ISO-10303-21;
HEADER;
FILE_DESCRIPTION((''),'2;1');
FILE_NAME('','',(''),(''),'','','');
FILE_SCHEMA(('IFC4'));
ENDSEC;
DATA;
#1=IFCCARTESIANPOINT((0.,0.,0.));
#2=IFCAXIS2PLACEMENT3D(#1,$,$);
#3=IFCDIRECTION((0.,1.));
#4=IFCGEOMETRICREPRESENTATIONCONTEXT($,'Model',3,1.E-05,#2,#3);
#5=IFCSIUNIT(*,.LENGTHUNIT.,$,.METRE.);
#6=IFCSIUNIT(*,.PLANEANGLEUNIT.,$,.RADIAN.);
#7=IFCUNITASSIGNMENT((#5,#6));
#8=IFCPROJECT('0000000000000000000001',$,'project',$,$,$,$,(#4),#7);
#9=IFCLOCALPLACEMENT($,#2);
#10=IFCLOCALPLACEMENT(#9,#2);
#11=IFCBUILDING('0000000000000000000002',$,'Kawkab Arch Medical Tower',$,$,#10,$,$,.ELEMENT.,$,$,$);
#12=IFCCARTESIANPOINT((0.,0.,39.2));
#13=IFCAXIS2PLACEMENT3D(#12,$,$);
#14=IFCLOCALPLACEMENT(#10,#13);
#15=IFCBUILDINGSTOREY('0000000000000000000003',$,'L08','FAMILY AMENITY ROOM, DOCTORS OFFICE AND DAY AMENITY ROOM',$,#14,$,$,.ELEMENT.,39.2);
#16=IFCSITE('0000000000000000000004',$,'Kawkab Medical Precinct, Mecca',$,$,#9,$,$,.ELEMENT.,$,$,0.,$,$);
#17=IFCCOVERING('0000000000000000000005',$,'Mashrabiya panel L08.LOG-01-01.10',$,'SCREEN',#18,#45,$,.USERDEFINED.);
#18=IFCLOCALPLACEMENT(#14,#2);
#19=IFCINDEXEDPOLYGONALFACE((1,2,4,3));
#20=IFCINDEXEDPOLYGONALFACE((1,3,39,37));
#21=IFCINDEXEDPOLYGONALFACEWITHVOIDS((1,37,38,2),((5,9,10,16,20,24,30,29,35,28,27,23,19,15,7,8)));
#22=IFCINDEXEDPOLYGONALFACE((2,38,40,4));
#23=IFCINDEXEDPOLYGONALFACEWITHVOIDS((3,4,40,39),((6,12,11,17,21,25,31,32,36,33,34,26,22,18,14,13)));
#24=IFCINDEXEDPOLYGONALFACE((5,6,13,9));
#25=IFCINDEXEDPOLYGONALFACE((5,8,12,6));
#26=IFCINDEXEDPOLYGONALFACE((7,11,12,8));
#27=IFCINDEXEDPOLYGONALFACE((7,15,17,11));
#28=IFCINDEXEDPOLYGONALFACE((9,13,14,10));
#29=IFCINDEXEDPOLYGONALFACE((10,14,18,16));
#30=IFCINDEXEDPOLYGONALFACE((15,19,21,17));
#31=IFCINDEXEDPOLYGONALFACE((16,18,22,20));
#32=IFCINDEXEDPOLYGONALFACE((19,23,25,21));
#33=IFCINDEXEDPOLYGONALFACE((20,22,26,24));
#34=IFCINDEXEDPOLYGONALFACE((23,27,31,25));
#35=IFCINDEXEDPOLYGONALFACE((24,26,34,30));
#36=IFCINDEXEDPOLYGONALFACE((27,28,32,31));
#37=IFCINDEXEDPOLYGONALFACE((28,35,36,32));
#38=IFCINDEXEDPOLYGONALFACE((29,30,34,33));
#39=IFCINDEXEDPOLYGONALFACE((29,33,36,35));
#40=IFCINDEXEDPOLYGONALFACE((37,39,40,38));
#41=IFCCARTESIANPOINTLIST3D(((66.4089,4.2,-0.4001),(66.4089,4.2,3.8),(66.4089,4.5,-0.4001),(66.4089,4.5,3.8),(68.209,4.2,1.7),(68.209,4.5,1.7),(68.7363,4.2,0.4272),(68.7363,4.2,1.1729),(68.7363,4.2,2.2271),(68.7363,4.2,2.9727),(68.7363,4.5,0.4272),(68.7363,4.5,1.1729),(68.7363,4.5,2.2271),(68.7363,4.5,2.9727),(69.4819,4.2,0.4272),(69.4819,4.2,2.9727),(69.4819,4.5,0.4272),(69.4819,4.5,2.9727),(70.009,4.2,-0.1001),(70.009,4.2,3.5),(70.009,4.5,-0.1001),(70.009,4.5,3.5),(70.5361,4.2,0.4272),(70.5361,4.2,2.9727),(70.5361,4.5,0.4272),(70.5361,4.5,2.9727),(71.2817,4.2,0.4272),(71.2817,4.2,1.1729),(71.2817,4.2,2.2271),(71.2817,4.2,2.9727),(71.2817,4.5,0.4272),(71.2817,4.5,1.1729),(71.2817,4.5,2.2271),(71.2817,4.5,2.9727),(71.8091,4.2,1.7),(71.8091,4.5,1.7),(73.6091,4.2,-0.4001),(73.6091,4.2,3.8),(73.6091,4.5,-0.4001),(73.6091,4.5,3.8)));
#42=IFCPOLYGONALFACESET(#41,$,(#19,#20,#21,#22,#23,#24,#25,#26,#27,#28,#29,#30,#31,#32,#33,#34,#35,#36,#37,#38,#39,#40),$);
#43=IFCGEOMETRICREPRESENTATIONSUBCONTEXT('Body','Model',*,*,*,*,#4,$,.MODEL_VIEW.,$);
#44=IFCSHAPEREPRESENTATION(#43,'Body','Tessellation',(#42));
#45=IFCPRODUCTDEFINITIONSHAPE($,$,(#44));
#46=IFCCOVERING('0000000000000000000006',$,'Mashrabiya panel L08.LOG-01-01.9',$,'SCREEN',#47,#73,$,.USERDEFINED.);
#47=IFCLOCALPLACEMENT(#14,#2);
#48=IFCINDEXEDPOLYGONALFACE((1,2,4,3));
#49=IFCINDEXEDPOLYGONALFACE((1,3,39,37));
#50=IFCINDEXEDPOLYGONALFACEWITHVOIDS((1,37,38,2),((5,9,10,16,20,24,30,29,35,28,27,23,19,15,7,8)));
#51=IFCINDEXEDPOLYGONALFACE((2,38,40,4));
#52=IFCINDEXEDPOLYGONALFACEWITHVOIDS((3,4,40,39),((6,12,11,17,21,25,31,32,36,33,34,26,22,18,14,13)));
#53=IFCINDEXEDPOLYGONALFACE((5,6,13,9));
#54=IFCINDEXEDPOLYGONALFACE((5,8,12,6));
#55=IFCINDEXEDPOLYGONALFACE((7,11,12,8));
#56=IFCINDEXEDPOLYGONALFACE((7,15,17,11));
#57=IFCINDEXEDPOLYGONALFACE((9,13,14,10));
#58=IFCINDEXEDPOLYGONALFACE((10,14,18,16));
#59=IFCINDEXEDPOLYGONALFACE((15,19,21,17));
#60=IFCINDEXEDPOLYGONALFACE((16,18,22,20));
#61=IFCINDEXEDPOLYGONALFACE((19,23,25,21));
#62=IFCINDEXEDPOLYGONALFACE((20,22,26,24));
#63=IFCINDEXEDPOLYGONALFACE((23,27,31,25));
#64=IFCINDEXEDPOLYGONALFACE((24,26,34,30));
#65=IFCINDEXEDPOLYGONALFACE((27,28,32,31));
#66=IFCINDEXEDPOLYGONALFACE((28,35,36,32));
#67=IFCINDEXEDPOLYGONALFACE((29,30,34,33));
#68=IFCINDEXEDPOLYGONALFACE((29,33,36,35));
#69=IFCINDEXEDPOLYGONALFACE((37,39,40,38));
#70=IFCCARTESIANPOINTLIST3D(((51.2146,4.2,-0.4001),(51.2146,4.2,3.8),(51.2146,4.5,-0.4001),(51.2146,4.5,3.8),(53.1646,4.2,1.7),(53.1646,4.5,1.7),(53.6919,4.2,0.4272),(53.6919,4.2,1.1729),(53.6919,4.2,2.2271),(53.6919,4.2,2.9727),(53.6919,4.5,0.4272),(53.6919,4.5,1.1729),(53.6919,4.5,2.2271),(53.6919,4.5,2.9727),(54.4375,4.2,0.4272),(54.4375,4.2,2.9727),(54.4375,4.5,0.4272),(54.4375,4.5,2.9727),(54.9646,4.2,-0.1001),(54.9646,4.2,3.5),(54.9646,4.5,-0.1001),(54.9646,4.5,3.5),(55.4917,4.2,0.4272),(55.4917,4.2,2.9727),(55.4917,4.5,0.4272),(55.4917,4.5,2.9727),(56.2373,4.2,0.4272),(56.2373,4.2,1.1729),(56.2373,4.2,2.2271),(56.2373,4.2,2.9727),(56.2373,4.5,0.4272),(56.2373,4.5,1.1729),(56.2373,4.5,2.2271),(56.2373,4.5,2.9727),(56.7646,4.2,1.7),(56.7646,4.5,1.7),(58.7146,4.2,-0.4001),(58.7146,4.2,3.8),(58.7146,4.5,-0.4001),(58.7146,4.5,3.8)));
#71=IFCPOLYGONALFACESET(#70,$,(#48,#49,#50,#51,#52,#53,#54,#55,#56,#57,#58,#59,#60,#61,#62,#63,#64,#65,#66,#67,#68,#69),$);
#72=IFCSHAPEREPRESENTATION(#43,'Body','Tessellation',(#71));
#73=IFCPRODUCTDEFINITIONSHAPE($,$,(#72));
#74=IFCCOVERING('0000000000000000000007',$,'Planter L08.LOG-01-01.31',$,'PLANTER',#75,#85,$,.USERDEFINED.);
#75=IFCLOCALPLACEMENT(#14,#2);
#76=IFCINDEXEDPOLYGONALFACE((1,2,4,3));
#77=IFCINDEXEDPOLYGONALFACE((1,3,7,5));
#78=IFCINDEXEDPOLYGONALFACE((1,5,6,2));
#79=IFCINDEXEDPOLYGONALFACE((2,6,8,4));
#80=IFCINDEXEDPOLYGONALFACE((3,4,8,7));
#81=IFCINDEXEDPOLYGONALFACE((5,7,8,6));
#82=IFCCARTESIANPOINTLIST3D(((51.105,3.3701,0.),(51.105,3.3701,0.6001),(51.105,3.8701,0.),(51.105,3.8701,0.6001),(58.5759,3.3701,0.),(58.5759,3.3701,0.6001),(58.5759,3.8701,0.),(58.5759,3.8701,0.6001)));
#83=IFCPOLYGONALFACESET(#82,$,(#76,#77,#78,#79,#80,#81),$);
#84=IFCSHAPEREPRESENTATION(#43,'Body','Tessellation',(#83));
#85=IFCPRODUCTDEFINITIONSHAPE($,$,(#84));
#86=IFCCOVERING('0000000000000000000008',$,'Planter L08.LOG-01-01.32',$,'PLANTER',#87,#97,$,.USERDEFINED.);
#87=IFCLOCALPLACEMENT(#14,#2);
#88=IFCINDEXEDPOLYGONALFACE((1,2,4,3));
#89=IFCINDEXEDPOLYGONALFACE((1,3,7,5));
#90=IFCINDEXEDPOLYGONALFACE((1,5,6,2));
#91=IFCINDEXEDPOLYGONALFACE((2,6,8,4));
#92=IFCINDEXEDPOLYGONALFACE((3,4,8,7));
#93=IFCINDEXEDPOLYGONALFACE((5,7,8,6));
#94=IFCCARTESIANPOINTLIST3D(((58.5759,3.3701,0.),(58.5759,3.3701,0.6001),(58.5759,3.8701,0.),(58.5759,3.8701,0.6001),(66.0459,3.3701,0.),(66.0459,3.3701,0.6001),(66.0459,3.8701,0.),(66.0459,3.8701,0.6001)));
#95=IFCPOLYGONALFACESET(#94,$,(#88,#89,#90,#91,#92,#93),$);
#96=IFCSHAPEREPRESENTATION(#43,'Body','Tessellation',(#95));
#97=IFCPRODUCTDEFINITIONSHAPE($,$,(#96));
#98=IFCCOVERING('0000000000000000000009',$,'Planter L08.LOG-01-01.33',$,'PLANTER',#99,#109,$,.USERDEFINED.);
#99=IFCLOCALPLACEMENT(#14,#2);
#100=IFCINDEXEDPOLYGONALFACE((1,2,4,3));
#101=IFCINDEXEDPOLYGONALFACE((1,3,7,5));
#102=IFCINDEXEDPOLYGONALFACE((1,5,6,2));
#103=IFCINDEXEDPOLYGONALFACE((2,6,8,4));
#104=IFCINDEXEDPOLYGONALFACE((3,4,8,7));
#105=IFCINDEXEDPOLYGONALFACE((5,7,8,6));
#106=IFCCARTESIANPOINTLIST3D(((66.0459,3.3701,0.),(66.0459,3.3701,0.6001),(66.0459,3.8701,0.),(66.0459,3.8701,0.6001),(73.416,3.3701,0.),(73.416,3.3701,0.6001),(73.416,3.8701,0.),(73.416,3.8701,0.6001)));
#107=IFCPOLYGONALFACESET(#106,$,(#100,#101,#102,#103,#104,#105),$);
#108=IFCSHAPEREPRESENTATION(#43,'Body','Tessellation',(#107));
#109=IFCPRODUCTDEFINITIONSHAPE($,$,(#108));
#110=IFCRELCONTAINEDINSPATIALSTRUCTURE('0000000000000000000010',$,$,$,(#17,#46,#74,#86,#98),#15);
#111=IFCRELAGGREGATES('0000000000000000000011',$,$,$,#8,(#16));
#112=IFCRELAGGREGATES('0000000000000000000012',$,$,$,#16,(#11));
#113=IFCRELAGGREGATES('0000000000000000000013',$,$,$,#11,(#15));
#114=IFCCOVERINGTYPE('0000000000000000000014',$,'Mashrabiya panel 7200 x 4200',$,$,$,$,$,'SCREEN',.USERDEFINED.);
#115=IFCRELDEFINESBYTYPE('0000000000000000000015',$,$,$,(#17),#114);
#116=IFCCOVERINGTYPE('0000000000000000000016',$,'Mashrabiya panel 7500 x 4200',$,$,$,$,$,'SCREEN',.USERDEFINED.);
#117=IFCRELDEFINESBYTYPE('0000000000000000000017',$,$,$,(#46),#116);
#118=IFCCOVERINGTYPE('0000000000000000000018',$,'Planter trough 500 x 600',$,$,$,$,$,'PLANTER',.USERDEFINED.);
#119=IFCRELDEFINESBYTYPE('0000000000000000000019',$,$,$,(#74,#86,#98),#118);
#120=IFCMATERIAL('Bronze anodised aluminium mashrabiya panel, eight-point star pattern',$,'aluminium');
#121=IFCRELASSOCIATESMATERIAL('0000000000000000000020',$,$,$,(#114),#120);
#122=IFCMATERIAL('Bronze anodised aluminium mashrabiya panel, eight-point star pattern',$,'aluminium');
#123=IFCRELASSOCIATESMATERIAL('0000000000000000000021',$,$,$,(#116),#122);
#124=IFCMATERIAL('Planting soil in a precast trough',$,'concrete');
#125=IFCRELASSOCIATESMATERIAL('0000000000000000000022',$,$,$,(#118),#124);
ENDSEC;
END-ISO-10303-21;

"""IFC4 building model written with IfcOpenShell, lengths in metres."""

from ifc_helpers import new_model, si_unit, direction, frame, origin, origin_2d, place, context, subcontext, project, spatial, polyline, rectangle, outline, extrude, material, material_profile, profile_set, type_object, element, save


model = new_model("IFC4")

# Units and contexts
model_context = context("Model", 3, precision=1e-05, world=origin(), true_north=direction((0.0, 1.0)))
body_context = subcontext(model_context, "Body", "Model", "MODEL_VIEW")
ifc_project = project(units=[si_unit("LENGTHUNIT", "METRE"), si_unit("PLANEANGLEUNIT", "RADIAN")], contexts=[model_context])

# Site, building, storey
site_placement = place(None, origin())
site = spatial("IfcSite", under=ifc_project, at=site_placement, Name="Kawkab Medical Precinct, Mecca", CompositionType="ELEMENT", RefElevation=0.0)
building_placement = place(site_placement, origin())
building = spatial("IfcBuilding", under=site, at=building_placement, Name="Kawkab Arch Medical Tower", CompositionType="ELEMENT")
storey_placement = place(building_placement, frame((0.0, 0.0, 39.2)))
storey = spatial("IfcBuildingStorey", under=building, at=storey_placement, Name="L08", Description="FAMILY AMENITY ROOM, DOCTORS OFFICE AND DAY AMENITY ROOM", CompositionType="ELEMENT", Elevation=39.2)

# Coverings
ifc_material_1 = material(Name="Bronze anodised aluminium mashrabiya panel, eight-point star pattern", Category="aluminium")
ifc_material_profile_1 = material_profile(ifc_material_1, outline(polyline([(-3.6001, -2.1001), (3.6001, -2.1001), (3.6001, 2.1001), (-3.6001, 2.1001), (-3.6001, -2.1001)]), holes=[polyline([(1.8, 0.0), (1.2727, 0.5271), (1.2727, 1.2727), (0.5271, 1.2727), (0.0, 1.8), (-0.5271, 1.2727), (-1.2727, 1.2727), (-1.2727, 0.5271), (-1.8, 0.0), (-1.2727, -0.5271), (-1.2727, -1.2727), (-0.5271, -1.2727), (0.0, -1.8), (0.5271, -1.2727), (1.2727, -1.2727), (1.2727, -0.5271), (1.8, 0.0)])]), Name="Mashrabiya panel 7200x4200")
ifc_profile_set_1 = profile_set([ifc_material_profile_1], Name="Bronze anodised aluminium mashrabiya panel, eight-point star pattern")
covering_type_1 = type_object("IfcCoveringType", Name="Mashrabiya panel 7200 x 4200", ElementType="SCREEN", PredefinedType="USERDEFINED", material=ifc_profile_set_1)
covering_1_placement = place(storey_placement, frame((70.009, 4.2, 1.7), z_axis=(0.0, 1.0, 0.0), x_axis=(-1.0, 0.0, 0.0)))
element("IfcCovering", 1, at=covering_1_placement, inside=storey, type_object=covering_type_1, Name="Mashrabiya panel L08.LOG-01-01.10", ObjectType="SCREEN", PredefinedType="USERDEFINED", context=body_context, shape_type="SweptSolid", body=[
    extrude(outline(polyline([(-3.6001, -2.1001), (3.6001, -2.1001), (3.6001, 2.1001), (-3.6001, 2.1001), (-3.6001, -2.1001)]), holes=[polyline([(1.8, 0.0), (1.2727, 0.5271), (1.2727, 1.2727), (0.5271, 1.2727), (0.0, 1.8), (-0.5271, 1.2727), (-1.2727, 1.2727), (-1.2727, 0.5271), (-1.8, 0.0), (-1.2727, -0.5271), (-1.2727, -1.2727), (-0.5271, -1.2727), (0.0, -1.8), (0.5271, -1.2727), (1.2727, -1.2727), (1.2727, -0.5271), (1.8, 0.0)])]), origin(), (0.0, 0.0, 1.0), 0.3),
])
ifc_material_2 = material(Name="Bronze anodised aluminium mashrabiya panel, eight-point star pattern", Category="aluminium")
ifc_material_profile_2 = material_profile(ifc_material_2, outline(polyline([(-3.75, -2.1001), (3.75, -2.1001), (3.75, 2.1001), (-3.75, 2.1001), (-3.75, -2.1001)]), holes=[polyline([(1.8, 0.0), (1.2727, 0.5271), (1.2727, 1.2727), (0.5271, 1.2727), (0.0, 1.8), (-0.5271, 1.2727), (-1.2727, 1.2727), (-1.2727, 0.5271), (-1.8, 0.0), (-1.2727, -0.5271), (-1.2727, -1.2727), (-0.5271, -1.2727), (0.0, -1.8), (0.5271, -1.2727), (1.2727, -1.2727), (1.2727, -0.5271), (1.8, 0.0)])]), Name="Mashrabiya panel 7500x4200")
ifc_profile_set_2 = profile_set([ifc_material_profile_2], Name="Bronze anodised aluminium mashrabiya panel, eight-point star pattern")
covering_type_2 = type_object("IfcCoveringType", Name="Mashrabiya panel 7500 x 4200", ElementType="SCREEN", PredefinedType="USERDEFINED", material=ifc_profile_set_2)
covering_2_placement = place(storey_placement, frame((54.9646, 4.2, 1.7), z_axis=(0.0, 1.0, 0.0), x_axis=(-1.0, 0.0, 0.0)))
element("IfcCovering", 2, at=covering_2_placement, inside=storey, type_object=covering_type_2, Name="Mashrabiya panel L08.LOG-01-01.9", ObjectType="SCREEN", PredefinedType="USERDEFINED", context=body_context, shape_type="SweptSolid", body=[
    extrude(outline(polyline([(-3.75, -2.1001), (3.75, -2.1001), (3.75, 2.1001), (-3.75, 2.1001), (-3.75, -2.1001)]), holes=[polyline([(1.8, 0.0), (1.2727, 0.5271), (1.2727, 1.2727), (0.5271, 1.2727), (0.0, 1.8), (-0.5271, 1.2727), (-1.2727, 1.2727), (-1.2727, 0.5271), (-1.8, 0.0), (-1.2727, -0.5271), (-1.2727, -1.2727), (-0.5271, -1.2727), (0.0, -1.8), (0.5271, -1.2727), (1.2727, -1.2727), (1.2727, -0.5271), (1.8, 0.0)])]), origin(), (0.0, 0.0, 1.0), 0.3),
])
ifc_material_3 = material(Name="Planting soil in a precast trough", Category="concrete")
ifc_material_profile_3 = material_profile(ifc_material_3, rectangle(XDim=0.5, YDim=0.6001, at=origin_2d()), Name="Trough 500x600")
ifc_profile_set_3 = profile_set([ifc_material_profile_3], Name="Planting soil in a precast trough")
covering_type_3 = type_object("IfcCoveringType", Name="Planter trough 500 x 600", ElementType="PLANTER", PredefinedType="USERDEFINED", material=ifc_profile_set_3)
covering_3_placement = place(storey_placement, frame((51.105, 3.6201, 0.3), z_axis=(1.0, 0.0, 0.0), x_axis=(0.0, 1.0, 0.0)))
element("IfcCovering", 3, at=covering_3_placement, inside=storey, type_object=covering_type_3, Name="Planter L08.LOG-01-01.31", ObjectType="PLANTER", PredefinedType="USERDEFINED", context=body_context, shape_type="SweptSolid", body=[
    extrude(rectangle(XDim=0.5, YDim=0.6001, at=origin_2d()), origin(), (0.0, 0.0, 1.0), 7.4709),
])
covering_4_placement = place(storey_placement, frame((58.5759, 3.6201, 0.3), z_axis=(1.0, 0.0, 0.0), x_axis=(0.0, 1.0, 0.0)))
element("IfcCovering", 4, at=covering_4_placement, inside=storey, type_object=covering_type_3, Name="Planter L08.LOG-01-01.32", ObjectType="PLANTER", PredefinedType="USERDEFINED", context=body_context, shape_type="SweptSolid", body=[
    extrude(rectangle(XDim=0.5, YDim=0.6001, at=origin_2d()), origin(), (0.0, 0.0, 1.0), 7.47),
])
covering_5_placement = place(storey_placement, frame((66.0459, 3.6201, 0.3), z_axis=(1.0, 0.0, 0.0), x_axis=(0.0, 1.0, 0.0)))
element("IfcCovering", 5, at=covering_5_placement, inside=storey, type_object=covering_type_3, Name="Planter L08.LOG-01-01.33", ObjectType="PLANTER", PredefinedType="USERDEFINED", context=body_context, shape_type="SweptSolid", body=[
    extrude(rectangle(XDim=0.5, YDim=0.6001, at=origin_2d()), origin(), (0.0, 0.0, 1.0), 7.3701),
])

save(model, "model.ifc")
